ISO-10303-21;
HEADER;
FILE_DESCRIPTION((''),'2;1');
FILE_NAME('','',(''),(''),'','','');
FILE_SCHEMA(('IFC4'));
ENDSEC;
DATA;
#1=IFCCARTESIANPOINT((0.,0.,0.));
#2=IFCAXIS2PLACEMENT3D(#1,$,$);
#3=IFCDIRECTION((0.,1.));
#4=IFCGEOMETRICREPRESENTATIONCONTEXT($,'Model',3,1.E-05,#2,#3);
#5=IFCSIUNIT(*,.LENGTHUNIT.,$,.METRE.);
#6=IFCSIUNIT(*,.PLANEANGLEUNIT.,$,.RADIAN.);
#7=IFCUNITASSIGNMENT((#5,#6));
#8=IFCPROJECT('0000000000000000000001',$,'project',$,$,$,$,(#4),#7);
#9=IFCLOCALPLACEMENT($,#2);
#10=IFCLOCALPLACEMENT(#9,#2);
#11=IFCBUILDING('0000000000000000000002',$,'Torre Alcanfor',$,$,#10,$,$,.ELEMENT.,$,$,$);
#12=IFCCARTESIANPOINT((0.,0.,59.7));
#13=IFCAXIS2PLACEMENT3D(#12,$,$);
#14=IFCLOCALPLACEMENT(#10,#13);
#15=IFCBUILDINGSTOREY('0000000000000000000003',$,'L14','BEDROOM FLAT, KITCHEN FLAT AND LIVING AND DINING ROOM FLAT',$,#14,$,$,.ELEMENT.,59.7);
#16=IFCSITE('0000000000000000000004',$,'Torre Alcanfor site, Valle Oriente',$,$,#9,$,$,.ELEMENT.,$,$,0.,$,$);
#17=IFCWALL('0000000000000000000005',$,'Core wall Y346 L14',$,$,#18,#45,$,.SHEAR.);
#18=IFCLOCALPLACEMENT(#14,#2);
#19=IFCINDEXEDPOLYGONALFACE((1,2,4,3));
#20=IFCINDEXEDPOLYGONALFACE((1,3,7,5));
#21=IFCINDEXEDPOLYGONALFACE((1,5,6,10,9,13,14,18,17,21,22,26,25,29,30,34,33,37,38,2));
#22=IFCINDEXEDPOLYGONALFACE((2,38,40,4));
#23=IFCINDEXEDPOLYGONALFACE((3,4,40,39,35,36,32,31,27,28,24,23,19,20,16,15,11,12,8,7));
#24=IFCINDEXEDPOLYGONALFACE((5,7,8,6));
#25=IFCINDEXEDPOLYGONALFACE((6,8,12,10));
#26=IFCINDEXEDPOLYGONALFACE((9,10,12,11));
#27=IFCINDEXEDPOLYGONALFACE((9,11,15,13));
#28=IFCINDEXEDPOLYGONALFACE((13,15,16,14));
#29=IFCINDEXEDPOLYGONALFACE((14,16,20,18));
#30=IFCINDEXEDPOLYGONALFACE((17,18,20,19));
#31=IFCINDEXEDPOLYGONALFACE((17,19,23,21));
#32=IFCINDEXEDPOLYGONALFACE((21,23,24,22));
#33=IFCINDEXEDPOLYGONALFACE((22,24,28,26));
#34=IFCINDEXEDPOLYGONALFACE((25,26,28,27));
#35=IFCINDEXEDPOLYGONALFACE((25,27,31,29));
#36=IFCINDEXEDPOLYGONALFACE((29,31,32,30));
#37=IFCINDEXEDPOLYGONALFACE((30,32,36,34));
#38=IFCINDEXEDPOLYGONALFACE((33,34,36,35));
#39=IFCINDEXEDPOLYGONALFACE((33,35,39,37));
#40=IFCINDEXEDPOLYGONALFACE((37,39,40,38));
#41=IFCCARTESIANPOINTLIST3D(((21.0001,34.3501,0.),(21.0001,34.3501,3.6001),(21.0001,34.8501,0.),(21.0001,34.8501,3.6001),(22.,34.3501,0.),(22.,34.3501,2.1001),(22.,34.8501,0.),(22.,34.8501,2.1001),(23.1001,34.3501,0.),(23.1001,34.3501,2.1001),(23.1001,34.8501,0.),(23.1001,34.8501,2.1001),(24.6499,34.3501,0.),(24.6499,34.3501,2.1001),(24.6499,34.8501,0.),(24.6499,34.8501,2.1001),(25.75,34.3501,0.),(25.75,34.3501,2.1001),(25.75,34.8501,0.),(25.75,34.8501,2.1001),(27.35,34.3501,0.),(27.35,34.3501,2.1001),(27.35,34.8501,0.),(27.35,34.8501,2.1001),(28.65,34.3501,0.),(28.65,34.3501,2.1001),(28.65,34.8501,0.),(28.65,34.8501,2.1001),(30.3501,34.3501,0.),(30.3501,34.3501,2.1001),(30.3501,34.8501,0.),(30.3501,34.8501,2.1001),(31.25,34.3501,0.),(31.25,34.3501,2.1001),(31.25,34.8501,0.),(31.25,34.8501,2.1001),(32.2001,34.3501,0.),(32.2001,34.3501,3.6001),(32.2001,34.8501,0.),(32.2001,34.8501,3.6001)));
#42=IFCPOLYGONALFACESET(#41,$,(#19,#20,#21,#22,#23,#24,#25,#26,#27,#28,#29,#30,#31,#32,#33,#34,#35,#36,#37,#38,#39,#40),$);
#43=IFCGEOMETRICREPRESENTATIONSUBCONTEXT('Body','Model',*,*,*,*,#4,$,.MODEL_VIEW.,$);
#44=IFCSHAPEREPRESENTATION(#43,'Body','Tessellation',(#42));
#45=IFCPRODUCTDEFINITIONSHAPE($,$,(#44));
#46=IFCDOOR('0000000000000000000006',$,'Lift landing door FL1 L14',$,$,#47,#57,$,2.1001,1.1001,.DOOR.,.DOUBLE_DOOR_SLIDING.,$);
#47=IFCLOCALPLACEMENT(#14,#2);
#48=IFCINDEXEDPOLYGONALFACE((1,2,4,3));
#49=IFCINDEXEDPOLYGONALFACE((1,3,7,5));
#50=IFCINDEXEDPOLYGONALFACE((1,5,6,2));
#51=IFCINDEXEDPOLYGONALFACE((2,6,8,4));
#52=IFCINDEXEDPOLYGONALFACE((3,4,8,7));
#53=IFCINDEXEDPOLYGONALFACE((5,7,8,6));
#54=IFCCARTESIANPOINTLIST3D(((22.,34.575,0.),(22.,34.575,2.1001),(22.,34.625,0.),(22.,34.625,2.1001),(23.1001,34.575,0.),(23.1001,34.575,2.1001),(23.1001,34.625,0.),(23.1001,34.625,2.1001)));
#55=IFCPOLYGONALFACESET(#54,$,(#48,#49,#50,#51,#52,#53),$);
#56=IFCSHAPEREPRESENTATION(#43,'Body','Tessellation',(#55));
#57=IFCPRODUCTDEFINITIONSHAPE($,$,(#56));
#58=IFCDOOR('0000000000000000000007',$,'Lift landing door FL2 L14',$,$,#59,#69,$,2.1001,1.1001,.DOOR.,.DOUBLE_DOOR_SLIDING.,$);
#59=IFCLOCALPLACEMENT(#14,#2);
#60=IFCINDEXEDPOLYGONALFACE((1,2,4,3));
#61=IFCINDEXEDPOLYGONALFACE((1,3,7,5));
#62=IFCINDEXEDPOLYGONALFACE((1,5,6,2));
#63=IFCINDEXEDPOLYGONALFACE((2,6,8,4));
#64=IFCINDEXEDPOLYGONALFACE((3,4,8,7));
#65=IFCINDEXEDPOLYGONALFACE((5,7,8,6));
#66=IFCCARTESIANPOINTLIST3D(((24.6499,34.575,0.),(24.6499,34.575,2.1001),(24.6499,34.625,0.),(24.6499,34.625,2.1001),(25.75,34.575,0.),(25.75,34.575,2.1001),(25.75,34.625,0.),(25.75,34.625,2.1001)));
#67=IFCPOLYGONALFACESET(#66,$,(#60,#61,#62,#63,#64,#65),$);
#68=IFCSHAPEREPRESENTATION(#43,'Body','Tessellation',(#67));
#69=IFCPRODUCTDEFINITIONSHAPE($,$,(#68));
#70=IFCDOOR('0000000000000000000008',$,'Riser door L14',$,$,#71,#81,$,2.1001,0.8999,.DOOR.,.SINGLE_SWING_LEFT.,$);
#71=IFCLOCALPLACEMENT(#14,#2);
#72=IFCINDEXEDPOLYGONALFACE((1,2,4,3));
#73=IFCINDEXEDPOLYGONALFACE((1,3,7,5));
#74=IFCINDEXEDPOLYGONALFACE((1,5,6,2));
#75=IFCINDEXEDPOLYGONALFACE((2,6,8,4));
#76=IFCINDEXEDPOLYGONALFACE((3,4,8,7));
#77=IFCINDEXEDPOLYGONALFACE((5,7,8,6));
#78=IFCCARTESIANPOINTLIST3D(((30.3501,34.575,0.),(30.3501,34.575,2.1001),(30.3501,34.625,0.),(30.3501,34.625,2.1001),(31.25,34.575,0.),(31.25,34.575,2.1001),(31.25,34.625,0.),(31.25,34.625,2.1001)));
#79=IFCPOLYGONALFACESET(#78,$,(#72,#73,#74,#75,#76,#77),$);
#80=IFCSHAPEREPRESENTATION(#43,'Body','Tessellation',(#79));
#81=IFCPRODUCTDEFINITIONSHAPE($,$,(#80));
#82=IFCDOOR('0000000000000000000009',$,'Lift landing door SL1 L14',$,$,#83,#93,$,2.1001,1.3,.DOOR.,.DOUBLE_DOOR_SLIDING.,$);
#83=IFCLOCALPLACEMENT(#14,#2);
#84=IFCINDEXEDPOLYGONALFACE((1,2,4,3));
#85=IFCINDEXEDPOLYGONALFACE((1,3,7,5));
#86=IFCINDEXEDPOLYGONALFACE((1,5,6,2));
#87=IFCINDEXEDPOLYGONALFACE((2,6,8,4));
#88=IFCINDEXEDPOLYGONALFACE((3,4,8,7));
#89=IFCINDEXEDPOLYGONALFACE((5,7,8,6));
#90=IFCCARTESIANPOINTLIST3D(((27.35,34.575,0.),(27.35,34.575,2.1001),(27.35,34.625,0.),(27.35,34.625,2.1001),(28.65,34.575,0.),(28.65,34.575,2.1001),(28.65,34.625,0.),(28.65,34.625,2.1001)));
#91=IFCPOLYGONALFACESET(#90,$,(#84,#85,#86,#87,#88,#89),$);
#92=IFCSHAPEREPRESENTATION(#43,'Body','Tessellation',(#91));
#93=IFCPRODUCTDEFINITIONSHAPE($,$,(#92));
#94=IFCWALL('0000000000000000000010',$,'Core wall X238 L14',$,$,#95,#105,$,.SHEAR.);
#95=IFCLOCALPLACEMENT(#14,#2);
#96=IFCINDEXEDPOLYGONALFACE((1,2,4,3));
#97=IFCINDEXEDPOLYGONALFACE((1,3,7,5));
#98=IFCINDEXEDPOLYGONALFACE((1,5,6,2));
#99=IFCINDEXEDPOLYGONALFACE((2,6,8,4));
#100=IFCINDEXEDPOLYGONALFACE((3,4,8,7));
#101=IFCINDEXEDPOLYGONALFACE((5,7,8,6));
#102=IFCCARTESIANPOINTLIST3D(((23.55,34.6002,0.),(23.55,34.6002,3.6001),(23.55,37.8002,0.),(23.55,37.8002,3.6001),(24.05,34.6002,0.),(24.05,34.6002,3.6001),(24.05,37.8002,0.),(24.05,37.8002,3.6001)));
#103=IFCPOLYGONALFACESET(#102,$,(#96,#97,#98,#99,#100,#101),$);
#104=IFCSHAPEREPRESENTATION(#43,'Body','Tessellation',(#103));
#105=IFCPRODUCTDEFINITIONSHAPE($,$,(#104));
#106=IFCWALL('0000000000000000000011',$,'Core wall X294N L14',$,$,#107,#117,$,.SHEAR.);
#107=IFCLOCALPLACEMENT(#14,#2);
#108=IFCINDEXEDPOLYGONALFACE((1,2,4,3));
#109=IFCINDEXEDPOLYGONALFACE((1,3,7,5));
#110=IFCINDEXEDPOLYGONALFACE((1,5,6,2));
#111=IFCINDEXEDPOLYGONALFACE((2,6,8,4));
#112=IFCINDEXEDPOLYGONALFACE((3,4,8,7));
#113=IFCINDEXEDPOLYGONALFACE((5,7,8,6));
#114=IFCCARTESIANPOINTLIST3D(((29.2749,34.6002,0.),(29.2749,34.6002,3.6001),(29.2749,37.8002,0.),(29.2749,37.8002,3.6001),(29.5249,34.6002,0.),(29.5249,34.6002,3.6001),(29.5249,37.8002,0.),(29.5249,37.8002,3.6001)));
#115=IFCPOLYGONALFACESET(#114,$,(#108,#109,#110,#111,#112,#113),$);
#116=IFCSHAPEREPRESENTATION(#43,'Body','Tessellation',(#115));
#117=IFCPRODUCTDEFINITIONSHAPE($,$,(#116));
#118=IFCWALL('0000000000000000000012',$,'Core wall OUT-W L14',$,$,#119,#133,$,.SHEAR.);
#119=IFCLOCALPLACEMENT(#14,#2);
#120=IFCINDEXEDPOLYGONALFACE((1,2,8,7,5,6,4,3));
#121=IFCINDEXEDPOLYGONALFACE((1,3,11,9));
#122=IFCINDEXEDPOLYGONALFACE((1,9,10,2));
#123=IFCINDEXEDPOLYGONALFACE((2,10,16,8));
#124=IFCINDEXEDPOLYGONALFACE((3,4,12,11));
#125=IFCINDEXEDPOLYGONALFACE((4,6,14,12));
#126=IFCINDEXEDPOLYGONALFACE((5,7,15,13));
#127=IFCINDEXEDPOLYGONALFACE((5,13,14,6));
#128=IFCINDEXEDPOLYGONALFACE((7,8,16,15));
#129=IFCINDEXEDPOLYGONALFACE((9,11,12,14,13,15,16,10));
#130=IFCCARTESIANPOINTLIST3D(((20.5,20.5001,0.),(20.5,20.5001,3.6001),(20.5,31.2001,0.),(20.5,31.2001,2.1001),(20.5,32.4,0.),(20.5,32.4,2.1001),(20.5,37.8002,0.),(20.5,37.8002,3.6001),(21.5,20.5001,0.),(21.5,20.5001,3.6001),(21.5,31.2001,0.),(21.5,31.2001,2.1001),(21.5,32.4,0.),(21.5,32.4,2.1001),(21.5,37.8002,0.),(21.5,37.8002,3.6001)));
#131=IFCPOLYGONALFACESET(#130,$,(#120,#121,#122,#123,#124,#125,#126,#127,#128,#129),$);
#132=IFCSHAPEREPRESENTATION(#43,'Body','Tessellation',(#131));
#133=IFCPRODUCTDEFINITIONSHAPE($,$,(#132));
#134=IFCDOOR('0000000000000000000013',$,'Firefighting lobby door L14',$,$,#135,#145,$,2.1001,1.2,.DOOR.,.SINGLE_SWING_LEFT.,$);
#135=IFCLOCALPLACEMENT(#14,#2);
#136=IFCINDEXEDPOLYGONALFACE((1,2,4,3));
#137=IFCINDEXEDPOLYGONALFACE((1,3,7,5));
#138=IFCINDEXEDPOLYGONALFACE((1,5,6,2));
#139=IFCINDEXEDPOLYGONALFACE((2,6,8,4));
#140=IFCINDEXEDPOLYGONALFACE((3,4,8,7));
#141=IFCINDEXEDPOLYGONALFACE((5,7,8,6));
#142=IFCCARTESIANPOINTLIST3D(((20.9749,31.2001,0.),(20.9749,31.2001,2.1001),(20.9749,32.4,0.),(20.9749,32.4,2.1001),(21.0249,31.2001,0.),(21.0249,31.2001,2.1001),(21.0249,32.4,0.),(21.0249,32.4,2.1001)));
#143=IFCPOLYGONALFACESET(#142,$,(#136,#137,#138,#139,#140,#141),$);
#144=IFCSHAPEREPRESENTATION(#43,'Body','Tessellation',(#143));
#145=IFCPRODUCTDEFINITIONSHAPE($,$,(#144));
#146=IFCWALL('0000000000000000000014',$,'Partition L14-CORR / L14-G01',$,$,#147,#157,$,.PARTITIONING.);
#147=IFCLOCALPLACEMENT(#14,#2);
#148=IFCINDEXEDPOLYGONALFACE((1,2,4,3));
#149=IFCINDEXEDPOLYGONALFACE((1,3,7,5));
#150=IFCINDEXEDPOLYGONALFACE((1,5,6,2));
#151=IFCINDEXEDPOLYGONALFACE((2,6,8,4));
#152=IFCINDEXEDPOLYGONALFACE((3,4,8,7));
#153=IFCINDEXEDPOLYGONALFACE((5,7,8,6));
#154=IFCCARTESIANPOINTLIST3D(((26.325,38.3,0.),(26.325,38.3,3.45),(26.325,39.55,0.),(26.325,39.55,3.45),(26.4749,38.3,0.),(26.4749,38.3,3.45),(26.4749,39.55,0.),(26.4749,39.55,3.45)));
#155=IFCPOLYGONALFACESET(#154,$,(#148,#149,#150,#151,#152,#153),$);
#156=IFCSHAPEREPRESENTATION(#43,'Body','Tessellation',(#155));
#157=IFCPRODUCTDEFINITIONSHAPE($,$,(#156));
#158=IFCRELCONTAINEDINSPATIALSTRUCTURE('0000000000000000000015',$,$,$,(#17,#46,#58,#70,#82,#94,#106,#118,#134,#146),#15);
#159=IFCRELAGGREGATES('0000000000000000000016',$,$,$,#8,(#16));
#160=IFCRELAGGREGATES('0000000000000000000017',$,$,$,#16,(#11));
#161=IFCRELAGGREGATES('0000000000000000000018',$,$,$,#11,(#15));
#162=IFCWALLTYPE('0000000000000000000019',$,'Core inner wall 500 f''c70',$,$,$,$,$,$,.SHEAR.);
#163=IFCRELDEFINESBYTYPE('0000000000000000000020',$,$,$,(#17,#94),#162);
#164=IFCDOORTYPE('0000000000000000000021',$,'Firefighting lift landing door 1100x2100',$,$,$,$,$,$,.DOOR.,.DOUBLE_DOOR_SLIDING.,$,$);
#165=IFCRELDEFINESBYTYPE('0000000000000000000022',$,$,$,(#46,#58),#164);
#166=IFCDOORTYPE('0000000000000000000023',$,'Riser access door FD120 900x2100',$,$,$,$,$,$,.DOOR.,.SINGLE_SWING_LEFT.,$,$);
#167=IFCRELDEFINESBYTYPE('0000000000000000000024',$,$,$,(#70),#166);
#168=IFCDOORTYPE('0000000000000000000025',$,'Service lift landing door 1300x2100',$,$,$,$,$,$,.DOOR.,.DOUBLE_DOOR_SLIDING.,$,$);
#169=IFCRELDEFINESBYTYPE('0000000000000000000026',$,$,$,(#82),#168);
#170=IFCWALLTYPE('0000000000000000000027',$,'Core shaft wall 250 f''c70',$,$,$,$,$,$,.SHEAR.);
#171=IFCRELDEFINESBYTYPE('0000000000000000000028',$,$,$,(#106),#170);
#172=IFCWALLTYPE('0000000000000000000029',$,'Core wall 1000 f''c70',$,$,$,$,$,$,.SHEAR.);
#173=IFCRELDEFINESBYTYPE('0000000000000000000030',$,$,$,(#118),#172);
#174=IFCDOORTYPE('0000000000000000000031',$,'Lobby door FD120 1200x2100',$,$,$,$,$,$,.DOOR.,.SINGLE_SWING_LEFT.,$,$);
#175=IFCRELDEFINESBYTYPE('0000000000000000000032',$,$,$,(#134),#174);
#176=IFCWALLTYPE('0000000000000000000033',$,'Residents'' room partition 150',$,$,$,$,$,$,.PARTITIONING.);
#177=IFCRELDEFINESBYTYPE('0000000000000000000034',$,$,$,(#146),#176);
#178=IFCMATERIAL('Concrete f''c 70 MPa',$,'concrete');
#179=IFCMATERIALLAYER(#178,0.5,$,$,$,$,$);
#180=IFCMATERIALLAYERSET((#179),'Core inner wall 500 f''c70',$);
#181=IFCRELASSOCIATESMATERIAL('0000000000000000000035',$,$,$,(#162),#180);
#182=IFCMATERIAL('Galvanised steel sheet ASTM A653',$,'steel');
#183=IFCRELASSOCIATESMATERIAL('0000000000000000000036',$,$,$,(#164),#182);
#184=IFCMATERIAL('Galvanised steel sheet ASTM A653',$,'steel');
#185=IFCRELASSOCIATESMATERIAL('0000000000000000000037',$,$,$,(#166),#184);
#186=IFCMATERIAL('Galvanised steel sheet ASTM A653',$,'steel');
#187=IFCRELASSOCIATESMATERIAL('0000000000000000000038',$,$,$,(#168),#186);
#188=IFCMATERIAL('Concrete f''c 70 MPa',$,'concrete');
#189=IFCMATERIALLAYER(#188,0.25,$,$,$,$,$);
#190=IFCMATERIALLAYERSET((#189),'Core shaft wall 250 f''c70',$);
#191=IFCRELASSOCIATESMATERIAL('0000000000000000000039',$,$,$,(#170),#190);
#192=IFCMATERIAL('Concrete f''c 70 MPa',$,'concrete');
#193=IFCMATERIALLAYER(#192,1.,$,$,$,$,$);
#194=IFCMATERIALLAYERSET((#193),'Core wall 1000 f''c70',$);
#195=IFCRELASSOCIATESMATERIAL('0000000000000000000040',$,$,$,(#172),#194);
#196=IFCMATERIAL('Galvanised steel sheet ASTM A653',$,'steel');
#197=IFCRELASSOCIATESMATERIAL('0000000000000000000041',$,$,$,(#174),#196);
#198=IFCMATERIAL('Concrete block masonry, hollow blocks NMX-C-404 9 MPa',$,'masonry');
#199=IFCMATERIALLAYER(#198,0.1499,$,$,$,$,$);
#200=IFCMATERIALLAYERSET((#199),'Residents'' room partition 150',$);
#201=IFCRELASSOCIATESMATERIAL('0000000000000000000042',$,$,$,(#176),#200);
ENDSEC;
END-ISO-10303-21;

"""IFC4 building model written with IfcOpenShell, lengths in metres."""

from ifc_helpers import new_model, si_unit, direction, frame, frame_2d, origin, place, context, subcontext, project, spatial, rectangle, extrude, material, layer, layer_set, type_object, element, fill, save


model = new_model("IFC4")

# Units and contexts
model_context = context("Model", 3, precision=1e-05, world=origin(), true_north=direction((0.0, 1.0)))
body_context = subcontext(model_context, "Body", "Model", "MODEL_VIEW")
ifc_project = project(units=[si_unit("LENGTHUNIT", "METRE"), si_unit("PLANEANGLEUNIT", "RADIAN")], contexts=[model_context])

# Site, building, storey
site_placement = place(None, origin())
site = spatial("IfcSite", under=ifc_project, at=site_placement, Name="Torre Alcanfor site, Valle Oriente", CompositionType="ELEMENT", RefElevation=0.0)
building_placement = place(site_placement, origin())
building = spatial("IfcBuilding", under=site, at=building_placement, Name="Torre Alcanfor", CompositionType="ELEMENT")
storey_placement = place(building_placement, frame((0.0, 0.0, 59.7)))
storey = spatial("IfcBuildingStorey", under=building, at=storey_placement, Name="L14", Description="BEDROOM FLAT, KITCHEN FLAT AND LIVING AND DINING ROOM FLAT", CompositionType="ELEMENT", Elevation=59.7)

# Shared definitions
ifc_material_1 = material(Name="Concrete f'c 70 MPa", Category="concrete")
ifc_layer_1 = layer(ifc_material_1, 0.5)
ifc_layer_set_1 = layer_set([ifc_layer_1], Name="Core inner wall 500 f'c70")
wall_type_1 = type_object("IfcWallType", Name="Core inner wall 500 f'c70", PredefinedType="SHEAR", material=ifc_layer_set_1)

# Wall, openings, doors
wall_1_placement = place(storey_placement, frame((21.0, 34.6001, 0.0), z_axis=(0.0, 0.0, 1.0), x_axis=(1.0, 0.0, 0.0)))
wall_1 = element("IfcWall", 1, at=wall_1_placement, inside=storey, type_object=wall_type_1, Name="Core wall Y346 L14", PredefinedType="SHEAR", context=body_context, shape_type="SweptSolid", body=[
    extrude(rectangle(XDim=11.2, YDim=0.5, at=frame_2d((5.6001, 0.0))), origin(), (0.0, 0.0, 1.0), 3.6001),
])
opening_1_placement = place(wall_1_placement, frame((9.3501, 0.0, 0.0)))
opening_1 = element("IfcOpeningElement", 2, at=opening_1_placement, cuts=wall_1, PredefinedType="OPENING", context=body_context, shape_type="SweptSolid", body=[
    extrude(rectangle(XDim=0.8999, YDim=2.1001, at=frame_2d((0.45, 1.05))), frame((0.0, 0.26, 0.0), z_axis=(0.0, -1.0, 0.0), x_axis=(1.0, 0.0, 0.0)), (0.0, 0.0, 1.0), 0.52),
])
opening_2_placement = place(wall_1_placement, frame((1.0, 0.0, 0.0)))
opening_2 = element("IfcOpeningElement", 3, at=opening_2_placement, cuts=wall_1, PredefinedType="OPENING", context=body_context, shape_type="SweptSolid", body=[
    extrude(rectangle(XDim=1.1001, YDim=2.1001, at=frame_2d((0.55, 1.05))), frame((0.0, 0.26, 0.0), z_axis=(0.0, -1.0, 0.0), x_axis=(1.0, 0.0, 0.0)), (0.0, 0.0, 1.0), 0.52),
])
opening_3_placement = place(wall_1_placement, frame((3.6499, 0.0, 0.0)))
opening_3 = element("IfcOpeningElement", 4, at=opening_3_placement, cuts=wall_1, PredefinedType="OPENING", context=body_context, shape_type="SweptSolid", body=[
    extrude(rectangle(XDim=1.1001, YDim=2.1001, at=frame_2d((0.55, 1.05))), frame((0.0, 0.26, 0.0), z_axis=(0.0, -1.0, 0.0), x_axis=(1.0, 0.0, 0.0)), (0.0, 0.0, 1.0), 0.52),
])
opening_4_placement = place(wall_1_placement, frame((6.3501, 0.0, 0.0)))
opening_4 = element("IfcOpeningElement", 5, at=opening_4_placement, cuts=wall_1, PredefinedType="OPENING", context=body_context, shape_type="SweptSolid", body=[
    extrude(rectangle(XDim=1.3, YDim=2.1001, at=frame_2d((0.6499, 1.05))), frame((0.0, 0.26, 0.0), z_axis=(0.0, -1.0, 0.0), x_axis=(1.0, 0.0, 0.0)), (0.0, 0.0, 1.0), 0.52),
])
ifc_material_2 = material(Name="Galvanised steel sheet ASTM A653", Category="steel")
door_type_1 = type_object("IfcDoorType", Name="Firefighting lift landing door 1100x2100", OperationType="DOUBLE_DOOR_SLIDING", PredefinedType="DOOR", material=ifc_material_2)
door_1_placement = place(opening_2_placement, origin())
door_1 = element("IfcDoor", 6, at=door_1_placement, inside=storey, type_object=door_type_1, Name="Lift landing door FL1 L14", OperationType="DOUBLE_DOOR_SLIDING", OverallHeight=2.1001, OverallWidth=1.1001, PredefinedType="DOOR", context=body_context, shape_type="SweptSolid", body=[
    extrude(rectangle(XDim=1.1001, YDim=2.1001, at=frame_2d((0.55, 1.05))), frame((0.0, 0.0249, 0.0), z_axis=(0.0, -1.0, 0.0), x_axis=(1.0, 0.0, 0.0)), (0.0, 0.0, 1.0), 0.05),
])
fill(opening_2, door_1)
door_2_placement = place(opening_3_placement, origin())
door_2 = element("IfcDoor", 7, at=door_2_placement, inside=storey, type_object=door_type_1, Name="Lift landing door FL2 L14", OperationType="DOUBLE_DOOR_SLIDING", OverallHeight=2.1001, OverallWidth=1.1001, PredefinedType="DOOR", context=body_context, shape_type="SweptSolid", body=[
    extrude(rectangle(XDim=1.1001, YDim=2.1001, at=frame_2d((0.55, 1.05))), frame((0.0, 0.0249, 0.0), z_axis=(0.0, -1.0, 0.0), x_axis=(1.0, 0.0, 0.0)), (0.0, 0.0, 1.0), 0.05),
])
fill(opening_3, door_2)
ifc_material_3 = material(Name="Galvanised steel sheet ASTM A653", Category="steel")
door_type_2 = type_object("IfcDoorType", Name="Riser access door FD120 900x2100", OperationType="SINGLE_SWING_LEFT", PredefinedType="DOOR", material=ifc_material_3)
door_3_placement = place(opening_1_placement, origin())
door_3 = element("IfcDoor", 8, at=door_3_placement, inside=storey, type_object=door_type_2, Name="Riser door L14", OperationType="SINGLE_SWING_LEFT", OverallHeight=2.1001, OverallWidth=0.8999, PredefinedType="DOOR", context=body_context, shape_type="SweptSolid", body=[
    extrude(rectangle(XDim=0.8999, YDim=2.1001, at=frame_2d((0.45, 1.05))), frame((0.0, 0.0249, 0.0), z_axis=(0.0, -1.0, 0.0), x_axis=(1.0, 0.0, 0.0)), (0.0, 0.0, 1.0), 0.05),
])
fill(opening_1, door_3)
ifc_material_4 = material(Name="Galvanised steel sheet ASTM A653", Category="steel")
door_type_3 = type_object("IfcDoorType", Name="Service lift landing door 1300x2100", OperationType="DOUBLE_DOOR_SLIDING", PredefinedType="DOOR", material=ifc_material_4)
door_4_placement = place(opening_4_placement, origin())
door_4 = element("IfcDoor", 9, at=door_4_placement, inside=storey, type_object=door_type_3, Name="Lift landing door SL1 L14", OperationType="DOUBLE_DOOR_SLIDING", OverallHeight=2.1001, OverallWidth=1.3, PredefinedType="DOOR", context=body_context, shape_type="SweptSolid", body=[
    extrude(rectangle(XDim=1.3, YDim=2.1001, at=frame_2d((0.6499, 1.05))), frame((0.0, 0.0249, 0.0), z_axis=(0.0, -1.0, 0.0), x_axis=(1.0, 0.0, 0.0)), (0.0, 0.0, 1.0), 0.05),
])
fill(opening_4, door_4)

# Walls
wall_2_placement = place(storey_placement, frame((23.8, 34.6001, 0.0), z_axis=(0.0, 0.0, 1.0), x_axis=(0.0, 1.0, 0.0)))
element("IfcWall", 10, at=wall_2_placement, inside=storey, type_object=wall_type_1, Name="Core wall X238 L14", PredefinedType="SHEAR", context=body_context, shape_type="SweptSolid", body=[
    extrude(rectangle(XDim=3.2, YDim=0.5, at=frame_2d((1.6001, 0.0))), origin(), (0.0, 0.0, 1.0), 3.6001),
])
ifc_material_5 = material(Name="Concrete f'c 70 MPa", Category="concrete")
ifc_layer_2 = layer(ifc_material_5, 0.25)
ifc_layer_set_2 = layer_set([ifc_layer_2], Name="Core shaft wall 250 f'c70")
wall_type_2 = type_object("IfcWallType", Name="Core shaft wall 250 f'c70", PredefinedType="SHEAR", material=ifc_layer_set_2)
wall_3_placement = place(storey_placement, frame((29.3999, 34.6001, 0.0), z_axis=(0.0, 0.0, 1.0), x_axis=(0.0, 1.0, 0.0)))
element("IfcWall", 11, at=wall_3_placement, inside=storey, type_object=wall_type_2, Name="Core wall X294N L14", PredefinedType="SHEAR", context=body_context, shape_type="SweptSolid", body=[
    extrude(rectangle(XDim=3.2, YDim=0.25, at=frame_2d((1.6001, 0.0))), origin(), (0.0, 0.0, 1.0), 3.6001),
])

# Wall, opening, door
ifc_material_6 = material(Name="Concrete f'c 70 MPa", Category="concrete")
ifc_layer_3 = layer(ifc_material_6, 1.0)
ifc_layer_set_3 = layer_set([ifc_layer_3], Name="Core wall 1000 f'c70")
wall_type_3 = type_object("IfcWallType", Name="Core wall 1000 f'c70", PredefinedType="SHEAR", material=ifc_layer_set_3)
wall_4_placement = place(storey_placement, frame((21.0, 37.8, 0.0), z_axis=(0.0, 0.0, 1.0), x_axis=(0.0, -1.0, 0.0)))
wall_4 = element("IfcWall", 12, at=wall_4_placement, inside=storey, type_object=wall_type_3, Name="Core wall OUT-W L14", PredefinedType="SHEAR", context=body_context, shape_type="SweptSolid", body=[
    extrude(rectangle(XDim=17.3, YDim=1.0, at=frame_2d((8.6499, 0.0))), origin(), (0.0, 0.0, 1.0), 3.6001),
])
opening_5_placement = place(wall_4_placement, frame((5.3999, 0.0, 0.0)))
opening_5 = element("IfcOpeningElement", 13, at=opening_5_placement, cuts=wall_4, PredefinedType="OPENING", context=body_context, shape_type="SweptSolid", body=[
    extrude(rectangle(XDim=1.2, YDim=2.1001, at=frame_2d((0.6001, 1.05))), frame((0.0, 0.51, 0.0), z_axis=(0.0, -1.0, 0.0), x_axis=(1.0, 0.0, 0.0)), (0.0, 0.0, 1.0), 1.02),
])
ifc_material_7 = material(Name="Galvanised steel sheet ASTM A653", Category="steel")
door_type_4 = type_object("IfcDoorType", Name="Lobby door FD120 1200x2100", OperationType="SINGLE_SWING_LEFT", PredefinedType="DOOR", material=ifc_material_7)
door_5_placement = place(opening_5_placement, origin())
door_5 = element("IfcDoor", 14, at=door_5_placement, inside=storey, type_object=door_type_4, Name="Firefighting lobby door L14", OperationType="SINGLE_SWING_LEFT", OverallHeight=2.1001, OverallWidth=1.2, PredefinedType="DOOR", context=body_context, shape_type="SweptSolid", body=[
    extrude(rectangle(XDim=1.2, YDim=2.1001, at=frame_2d((0.6001, 1.05))), frame((0.0, 0.0249, 0.0), z_axis=(0.0, -1.0, 0.0), x_axis=(1.0, 0.0, 0.0)), (0.0, 0.0, 1.0), 0.05),
])
fill(opening_5, door_5)

# Wall
ifc_material_8 = material(Name="Concrete block masonry, hollow blocks NMX-C-404 9 MPa", Category="masonry")
ifc_layer_4 = layer(ifc_material_8, 0.1499)
ifc_layer_set_4 = layer_set([ifc_layer_4], Name="Residents' room partition 150")
wall_type_4 = type_object("IfcWallType", Name="Residents' room partition 150", PredefinedType="PARTITIONING", material=ifc_layer_set_4)
wall_5_placement = place(storey_placement, frame((26.3999, 39.55, 0.0), z_axis=(0.0, 0.0, 1.0), x_axis=(0.0, -1.0, 0.0)))
element("IfcWall", 15, at=wall_5_placement, inside=storey, type_object=wall_type_4, Name="Partition L14-CORR / L14-G01", PredefinedType="PARTITIONING", context=body_context, shape_type="SweptSolid", body=[
    extrude(rectangle(XDim=1.25, YDim=0.1499, at=frame_2d((0.625, 0.0))), origin(), (0.0, 0.0, 1.0), 3.45),
])

save(model, "model.ifc")
